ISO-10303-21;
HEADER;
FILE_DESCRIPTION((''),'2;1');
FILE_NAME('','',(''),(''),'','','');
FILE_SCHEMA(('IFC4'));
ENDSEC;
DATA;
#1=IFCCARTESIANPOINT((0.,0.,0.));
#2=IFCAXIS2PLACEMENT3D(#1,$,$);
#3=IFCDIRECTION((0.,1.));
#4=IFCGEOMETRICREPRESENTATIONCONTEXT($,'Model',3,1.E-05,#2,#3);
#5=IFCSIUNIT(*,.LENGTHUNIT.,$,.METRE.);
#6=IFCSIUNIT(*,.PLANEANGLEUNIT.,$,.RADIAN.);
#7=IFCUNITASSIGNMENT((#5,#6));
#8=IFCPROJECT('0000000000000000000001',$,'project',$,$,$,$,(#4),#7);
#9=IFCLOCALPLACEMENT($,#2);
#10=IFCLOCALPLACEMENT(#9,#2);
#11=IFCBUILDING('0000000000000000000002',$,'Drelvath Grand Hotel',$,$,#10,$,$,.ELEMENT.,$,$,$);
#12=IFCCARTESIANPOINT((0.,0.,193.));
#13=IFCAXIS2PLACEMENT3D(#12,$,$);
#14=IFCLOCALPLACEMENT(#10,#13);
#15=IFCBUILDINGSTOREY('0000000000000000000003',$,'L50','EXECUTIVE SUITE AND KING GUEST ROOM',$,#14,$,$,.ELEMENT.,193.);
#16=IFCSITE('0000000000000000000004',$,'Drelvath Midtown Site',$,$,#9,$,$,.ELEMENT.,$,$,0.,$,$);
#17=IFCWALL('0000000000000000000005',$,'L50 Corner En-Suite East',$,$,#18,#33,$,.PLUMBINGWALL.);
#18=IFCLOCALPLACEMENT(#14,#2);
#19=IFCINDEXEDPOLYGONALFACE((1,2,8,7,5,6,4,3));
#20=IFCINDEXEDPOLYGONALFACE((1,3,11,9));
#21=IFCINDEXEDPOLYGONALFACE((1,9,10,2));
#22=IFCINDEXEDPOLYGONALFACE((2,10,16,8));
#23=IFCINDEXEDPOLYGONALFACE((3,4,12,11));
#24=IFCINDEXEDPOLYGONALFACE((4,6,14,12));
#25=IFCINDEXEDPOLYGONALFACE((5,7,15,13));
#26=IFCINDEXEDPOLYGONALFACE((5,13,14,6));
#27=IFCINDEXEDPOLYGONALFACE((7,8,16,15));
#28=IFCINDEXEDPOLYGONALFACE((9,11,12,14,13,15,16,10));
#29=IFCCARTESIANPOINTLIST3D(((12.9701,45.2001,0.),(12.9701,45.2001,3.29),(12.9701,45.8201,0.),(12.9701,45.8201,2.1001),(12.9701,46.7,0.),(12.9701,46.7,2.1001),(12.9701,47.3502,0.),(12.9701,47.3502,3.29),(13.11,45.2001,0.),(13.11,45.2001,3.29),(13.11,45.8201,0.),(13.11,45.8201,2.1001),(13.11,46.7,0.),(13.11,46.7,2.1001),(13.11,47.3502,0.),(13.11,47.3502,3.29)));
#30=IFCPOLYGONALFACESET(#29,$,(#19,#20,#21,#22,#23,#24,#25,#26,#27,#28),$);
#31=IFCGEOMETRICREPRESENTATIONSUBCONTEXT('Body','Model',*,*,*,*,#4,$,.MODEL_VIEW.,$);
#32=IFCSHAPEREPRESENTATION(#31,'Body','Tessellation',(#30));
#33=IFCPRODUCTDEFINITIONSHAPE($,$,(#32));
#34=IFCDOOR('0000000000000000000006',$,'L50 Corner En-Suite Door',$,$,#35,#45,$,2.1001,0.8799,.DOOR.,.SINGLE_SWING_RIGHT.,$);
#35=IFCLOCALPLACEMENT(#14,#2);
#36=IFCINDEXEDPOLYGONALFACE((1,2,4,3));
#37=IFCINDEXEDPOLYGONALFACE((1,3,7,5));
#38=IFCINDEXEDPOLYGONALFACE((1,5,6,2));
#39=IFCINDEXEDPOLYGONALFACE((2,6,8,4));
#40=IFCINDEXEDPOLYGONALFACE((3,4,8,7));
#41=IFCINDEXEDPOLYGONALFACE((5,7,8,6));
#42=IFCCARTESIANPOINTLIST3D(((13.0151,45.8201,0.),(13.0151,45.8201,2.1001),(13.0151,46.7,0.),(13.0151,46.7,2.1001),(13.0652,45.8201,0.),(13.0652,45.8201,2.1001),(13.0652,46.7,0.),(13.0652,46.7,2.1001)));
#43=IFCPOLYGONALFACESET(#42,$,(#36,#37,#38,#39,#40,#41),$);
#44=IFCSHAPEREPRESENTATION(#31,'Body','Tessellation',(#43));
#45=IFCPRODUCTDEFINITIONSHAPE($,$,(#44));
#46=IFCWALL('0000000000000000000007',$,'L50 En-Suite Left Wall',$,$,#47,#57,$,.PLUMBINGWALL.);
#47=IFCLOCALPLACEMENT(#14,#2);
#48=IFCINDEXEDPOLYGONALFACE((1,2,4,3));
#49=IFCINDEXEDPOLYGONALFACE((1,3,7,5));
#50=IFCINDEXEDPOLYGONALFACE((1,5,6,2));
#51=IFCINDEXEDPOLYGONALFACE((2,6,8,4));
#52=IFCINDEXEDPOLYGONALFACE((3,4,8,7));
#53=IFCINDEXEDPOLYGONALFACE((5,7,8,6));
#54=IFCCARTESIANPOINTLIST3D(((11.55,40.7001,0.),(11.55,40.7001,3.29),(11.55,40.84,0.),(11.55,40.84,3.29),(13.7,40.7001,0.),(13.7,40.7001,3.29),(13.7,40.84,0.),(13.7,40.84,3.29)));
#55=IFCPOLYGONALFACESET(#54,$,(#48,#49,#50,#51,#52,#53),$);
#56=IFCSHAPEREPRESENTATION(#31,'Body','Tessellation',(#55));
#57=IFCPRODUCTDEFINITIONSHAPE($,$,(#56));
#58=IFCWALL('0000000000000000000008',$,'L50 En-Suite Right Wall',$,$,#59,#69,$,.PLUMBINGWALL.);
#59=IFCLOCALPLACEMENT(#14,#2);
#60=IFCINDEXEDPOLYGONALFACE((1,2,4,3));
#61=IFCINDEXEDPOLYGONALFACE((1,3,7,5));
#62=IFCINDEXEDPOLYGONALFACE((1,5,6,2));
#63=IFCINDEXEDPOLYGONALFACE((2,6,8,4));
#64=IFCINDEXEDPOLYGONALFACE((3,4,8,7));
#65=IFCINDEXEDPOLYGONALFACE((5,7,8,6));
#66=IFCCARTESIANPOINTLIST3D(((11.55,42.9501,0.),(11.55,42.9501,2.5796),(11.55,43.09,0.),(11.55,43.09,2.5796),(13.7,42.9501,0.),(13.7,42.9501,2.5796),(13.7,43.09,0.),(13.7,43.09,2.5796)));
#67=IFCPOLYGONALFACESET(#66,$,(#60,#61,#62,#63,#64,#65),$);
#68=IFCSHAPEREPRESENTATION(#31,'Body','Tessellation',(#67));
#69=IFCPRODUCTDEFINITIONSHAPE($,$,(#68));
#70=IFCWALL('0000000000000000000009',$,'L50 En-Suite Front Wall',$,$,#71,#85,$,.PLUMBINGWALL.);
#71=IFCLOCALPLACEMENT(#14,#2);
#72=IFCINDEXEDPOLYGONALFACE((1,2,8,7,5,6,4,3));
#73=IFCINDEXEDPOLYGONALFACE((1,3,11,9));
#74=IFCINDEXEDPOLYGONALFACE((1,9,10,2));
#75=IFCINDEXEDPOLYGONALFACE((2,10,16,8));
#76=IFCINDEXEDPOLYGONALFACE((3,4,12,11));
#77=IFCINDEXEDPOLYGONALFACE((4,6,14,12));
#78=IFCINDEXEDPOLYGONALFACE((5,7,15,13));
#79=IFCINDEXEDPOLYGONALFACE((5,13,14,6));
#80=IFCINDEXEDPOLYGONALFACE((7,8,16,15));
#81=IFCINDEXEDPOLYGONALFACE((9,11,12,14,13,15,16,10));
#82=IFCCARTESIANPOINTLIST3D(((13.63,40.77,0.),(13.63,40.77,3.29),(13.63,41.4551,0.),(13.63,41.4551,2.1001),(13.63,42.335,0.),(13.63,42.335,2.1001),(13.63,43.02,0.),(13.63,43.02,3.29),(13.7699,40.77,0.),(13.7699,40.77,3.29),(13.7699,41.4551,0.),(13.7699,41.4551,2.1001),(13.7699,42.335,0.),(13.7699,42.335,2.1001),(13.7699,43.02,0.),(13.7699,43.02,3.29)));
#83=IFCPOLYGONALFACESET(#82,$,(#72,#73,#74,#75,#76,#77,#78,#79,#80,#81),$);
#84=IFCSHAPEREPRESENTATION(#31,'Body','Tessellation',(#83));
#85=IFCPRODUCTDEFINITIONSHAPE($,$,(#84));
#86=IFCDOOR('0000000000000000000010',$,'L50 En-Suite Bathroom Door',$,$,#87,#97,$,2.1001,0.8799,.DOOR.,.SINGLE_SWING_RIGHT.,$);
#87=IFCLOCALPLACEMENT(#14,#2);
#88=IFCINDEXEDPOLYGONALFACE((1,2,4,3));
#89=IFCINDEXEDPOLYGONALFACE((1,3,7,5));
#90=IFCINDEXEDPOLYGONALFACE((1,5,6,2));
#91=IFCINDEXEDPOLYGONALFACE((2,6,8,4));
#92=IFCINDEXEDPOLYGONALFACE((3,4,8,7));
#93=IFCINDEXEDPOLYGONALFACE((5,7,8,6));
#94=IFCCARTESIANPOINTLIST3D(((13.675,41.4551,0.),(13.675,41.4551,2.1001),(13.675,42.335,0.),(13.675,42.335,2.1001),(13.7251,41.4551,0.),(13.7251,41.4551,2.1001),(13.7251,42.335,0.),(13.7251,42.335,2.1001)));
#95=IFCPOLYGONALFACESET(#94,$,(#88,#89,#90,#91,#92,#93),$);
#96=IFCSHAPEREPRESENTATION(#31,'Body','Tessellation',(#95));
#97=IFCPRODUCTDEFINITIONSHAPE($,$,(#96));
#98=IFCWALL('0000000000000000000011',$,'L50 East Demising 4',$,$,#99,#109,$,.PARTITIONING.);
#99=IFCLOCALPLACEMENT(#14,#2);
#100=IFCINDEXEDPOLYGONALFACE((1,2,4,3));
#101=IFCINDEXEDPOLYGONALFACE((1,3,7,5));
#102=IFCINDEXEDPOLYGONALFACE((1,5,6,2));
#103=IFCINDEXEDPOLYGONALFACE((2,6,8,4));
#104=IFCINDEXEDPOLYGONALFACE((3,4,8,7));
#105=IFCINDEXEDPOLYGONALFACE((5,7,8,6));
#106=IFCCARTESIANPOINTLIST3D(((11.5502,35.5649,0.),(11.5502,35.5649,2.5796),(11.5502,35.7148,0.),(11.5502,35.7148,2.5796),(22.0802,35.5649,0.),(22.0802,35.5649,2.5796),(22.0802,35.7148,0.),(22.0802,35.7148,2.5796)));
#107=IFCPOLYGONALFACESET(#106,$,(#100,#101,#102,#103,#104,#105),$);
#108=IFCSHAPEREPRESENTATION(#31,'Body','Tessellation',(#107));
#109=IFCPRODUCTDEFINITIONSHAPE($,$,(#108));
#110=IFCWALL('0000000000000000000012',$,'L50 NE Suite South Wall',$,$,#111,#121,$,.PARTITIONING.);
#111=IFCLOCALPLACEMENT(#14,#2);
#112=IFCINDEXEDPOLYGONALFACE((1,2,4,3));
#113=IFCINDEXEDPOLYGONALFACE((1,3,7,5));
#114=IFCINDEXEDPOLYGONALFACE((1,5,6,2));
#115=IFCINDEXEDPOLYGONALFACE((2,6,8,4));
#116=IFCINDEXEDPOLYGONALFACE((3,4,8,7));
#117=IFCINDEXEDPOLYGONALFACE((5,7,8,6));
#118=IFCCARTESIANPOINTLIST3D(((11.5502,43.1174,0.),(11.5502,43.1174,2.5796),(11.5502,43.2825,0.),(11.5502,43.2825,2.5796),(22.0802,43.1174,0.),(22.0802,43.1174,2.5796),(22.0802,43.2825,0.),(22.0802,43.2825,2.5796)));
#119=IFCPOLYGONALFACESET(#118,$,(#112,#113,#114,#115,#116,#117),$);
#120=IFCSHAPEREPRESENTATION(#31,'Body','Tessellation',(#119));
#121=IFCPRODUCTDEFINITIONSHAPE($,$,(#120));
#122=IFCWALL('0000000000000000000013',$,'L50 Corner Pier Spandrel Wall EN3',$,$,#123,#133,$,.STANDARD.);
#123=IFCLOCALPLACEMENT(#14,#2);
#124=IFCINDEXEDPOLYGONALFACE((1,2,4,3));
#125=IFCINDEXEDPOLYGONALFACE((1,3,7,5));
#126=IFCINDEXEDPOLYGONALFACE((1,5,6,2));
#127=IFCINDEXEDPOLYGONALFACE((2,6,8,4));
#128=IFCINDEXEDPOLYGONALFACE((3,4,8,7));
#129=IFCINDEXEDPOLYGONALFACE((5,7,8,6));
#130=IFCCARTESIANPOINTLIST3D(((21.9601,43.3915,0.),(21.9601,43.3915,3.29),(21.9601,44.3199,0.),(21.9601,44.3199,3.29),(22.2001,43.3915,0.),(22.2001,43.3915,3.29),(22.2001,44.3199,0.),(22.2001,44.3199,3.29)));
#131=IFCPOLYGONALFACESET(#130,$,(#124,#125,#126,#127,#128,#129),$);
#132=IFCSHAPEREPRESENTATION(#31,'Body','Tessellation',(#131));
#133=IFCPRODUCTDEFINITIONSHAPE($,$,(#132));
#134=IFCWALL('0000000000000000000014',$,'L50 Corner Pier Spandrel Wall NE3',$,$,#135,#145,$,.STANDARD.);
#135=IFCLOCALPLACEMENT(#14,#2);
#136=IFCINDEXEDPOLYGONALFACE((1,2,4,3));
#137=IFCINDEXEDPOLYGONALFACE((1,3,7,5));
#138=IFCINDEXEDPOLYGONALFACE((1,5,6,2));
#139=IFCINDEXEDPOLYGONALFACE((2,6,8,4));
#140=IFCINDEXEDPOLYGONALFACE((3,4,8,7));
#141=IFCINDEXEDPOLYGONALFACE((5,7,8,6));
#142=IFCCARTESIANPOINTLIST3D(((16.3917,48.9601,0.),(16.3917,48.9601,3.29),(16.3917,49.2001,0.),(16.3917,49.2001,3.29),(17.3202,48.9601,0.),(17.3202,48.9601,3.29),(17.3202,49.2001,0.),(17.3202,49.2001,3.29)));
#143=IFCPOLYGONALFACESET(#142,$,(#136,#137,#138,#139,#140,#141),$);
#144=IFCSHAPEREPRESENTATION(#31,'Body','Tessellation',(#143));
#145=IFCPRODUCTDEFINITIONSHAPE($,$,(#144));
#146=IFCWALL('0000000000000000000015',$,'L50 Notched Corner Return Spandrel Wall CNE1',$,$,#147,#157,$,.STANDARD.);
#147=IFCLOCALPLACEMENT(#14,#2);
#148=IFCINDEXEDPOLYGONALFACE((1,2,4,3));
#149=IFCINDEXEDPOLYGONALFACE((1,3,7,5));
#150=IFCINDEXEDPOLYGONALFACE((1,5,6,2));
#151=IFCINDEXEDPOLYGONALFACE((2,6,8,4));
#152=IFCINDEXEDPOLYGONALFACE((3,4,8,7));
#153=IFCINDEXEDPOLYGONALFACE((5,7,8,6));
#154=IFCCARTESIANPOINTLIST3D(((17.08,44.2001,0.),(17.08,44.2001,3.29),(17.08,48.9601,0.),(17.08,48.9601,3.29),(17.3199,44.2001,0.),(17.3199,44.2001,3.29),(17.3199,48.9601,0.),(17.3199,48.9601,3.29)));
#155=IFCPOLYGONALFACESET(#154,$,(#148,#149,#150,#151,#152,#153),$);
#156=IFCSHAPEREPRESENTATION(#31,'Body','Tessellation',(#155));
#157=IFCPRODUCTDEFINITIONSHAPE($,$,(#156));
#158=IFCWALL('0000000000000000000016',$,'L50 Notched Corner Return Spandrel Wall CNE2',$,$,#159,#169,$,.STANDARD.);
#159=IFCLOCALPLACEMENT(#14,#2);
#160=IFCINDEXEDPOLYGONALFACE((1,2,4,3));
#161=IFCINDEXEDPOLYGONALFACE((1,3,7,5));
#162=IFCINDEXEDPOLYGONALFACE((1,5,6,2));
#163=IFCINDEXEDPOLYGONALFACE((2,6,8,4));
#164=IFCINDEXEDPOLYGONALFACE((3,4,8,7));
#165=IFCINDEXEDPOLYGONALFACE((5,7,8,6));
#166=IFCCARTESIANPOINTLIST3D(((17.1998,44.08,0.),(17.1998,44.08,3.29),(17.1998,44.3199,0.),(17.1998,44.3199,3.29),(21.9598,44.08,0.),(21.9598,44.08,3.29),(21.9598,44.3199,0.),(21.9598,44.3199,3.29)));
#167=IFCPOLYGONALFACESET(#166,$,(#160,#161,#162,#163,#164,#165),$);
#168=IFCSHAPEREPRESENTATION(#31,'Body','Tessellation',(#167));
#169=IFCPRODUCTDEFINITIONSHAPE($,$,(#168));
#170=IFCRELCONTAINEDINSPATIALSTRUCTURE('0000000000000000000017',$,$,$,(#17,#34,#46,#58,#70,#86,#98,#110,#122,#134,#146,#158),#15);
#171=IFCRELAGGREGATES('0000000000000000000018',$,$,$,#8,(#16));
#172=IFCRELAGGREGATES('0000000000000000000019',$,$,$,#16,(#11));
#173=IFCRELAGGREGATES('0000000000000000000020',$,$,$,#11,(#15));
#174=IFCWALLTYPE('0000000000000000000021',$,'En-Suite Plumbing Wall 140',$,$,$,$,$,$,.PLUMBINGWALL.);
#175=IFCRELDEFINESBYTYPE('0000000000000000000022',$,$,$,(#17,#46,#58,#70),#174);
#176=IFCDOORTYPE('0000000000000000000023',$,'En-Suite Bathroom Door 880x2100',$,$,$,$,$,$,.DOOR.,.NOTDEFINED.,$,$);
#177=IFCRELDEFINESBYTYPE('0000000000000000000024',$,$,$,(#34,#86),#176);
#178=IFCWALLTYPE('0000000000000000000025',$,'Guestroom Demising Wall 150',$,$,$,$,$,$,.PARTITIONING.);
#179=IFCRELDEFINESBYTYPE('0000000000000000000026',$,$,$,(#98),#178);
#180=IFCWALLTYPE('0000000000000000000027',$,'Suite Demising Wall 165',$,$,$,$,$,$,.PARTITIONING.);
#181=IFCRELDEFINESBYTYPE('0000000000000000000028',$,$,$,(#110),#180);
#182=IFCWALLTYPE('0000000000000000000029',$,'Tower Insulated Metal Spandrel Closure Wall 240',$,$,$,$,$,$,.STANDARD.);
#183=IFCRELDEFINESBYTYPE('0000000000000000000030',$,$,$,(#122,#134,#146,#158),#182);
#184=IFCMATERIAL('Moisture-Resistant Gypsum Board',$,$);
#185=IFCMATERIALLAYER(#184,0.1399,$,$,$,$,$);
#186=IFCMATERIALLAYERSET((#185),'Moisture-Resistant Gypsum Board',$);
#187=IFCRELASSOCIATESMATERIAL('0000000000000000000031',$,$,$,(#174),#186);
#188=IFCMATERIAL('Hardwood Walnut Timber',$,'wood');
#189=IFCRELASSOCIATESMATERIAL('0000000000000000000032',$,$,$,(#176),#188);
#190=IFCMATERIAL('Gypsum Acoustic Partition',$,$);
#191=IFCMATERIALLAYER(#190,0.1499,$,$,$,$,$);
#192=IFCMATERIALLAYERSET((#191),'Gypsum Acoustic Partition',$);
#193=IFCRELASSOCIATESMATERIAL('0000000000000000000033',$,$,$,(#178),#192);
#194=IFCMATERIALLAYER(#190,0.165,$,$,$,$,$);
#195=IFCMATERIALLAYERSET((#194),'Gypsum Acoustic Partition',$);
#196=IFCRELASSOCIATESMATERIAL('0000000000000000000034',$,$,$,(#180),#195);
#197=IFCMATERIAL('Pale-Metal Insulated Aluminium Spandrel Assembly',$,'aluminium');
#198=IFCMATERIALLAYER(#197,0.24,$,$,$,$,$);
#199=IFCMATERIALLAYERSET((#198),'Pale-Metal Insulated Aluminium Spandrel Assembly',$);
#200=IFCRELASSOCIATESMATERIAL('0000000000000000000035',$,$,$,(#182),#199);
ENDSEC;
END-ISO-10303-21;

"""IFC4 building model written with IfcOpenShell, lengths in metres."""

from ifc_helpers import new_model, si_unit, direction, frame, frame_2d, origin, place, context, subcontext, project, spatial, rectangle, extrude, material, layer, layer_set, type_object, element, fill, save


model = new_model("IFC4")

# Units and contexts
model_context = context("Model", 3, precision=1e-05, world=origin(), true_north=direction((0.0, 1.0)))
body_context = subcontext(model_context, "Body", "Model", "MODEL_VIEW")
ifc_project = project(units=[si_unit("LENGTHUNIT", "METRE"), si_unit("PLANEANGLEUNIT", "RADIAN")], contexts=[model_context])

# Site, building, storey
site_placement = place(None, origin())
site = spatial("IfcSite", under=ifc_project, at=site_placement, Name="Drelvath Midtown Site", CompositionType="ELEMENT", RefElevation=0.0)
building_placement = place(site_placement, origin())
building = spatial("IfcBuilding", under=site, at=building_placement, Name="Drelvath Grand Hotel", CompositionType="ELEMENT")
storey_placement = place(building_placement, frame((0.0, 0.0, 193.0)))
storey = spatial("IfcBuildingStorey", under=building, at=storey_placement, Name="L50", Description="EXECUTIVE SUITE AND KING GUEST ROOM", CompositionType="ELEMENT", Elevation=193.0)

# Wall, opening, door
ifc_material_1 = material(Name="Moisture-Resistant Gypsum Board")
ifc_layer_1 = layer(ifc_material_1, 0.1399)
ifc_layer_set_1 = layer_set([ifc_layer_1], Name="Moisture-Resistant Gypsum Board")
wall_type_1 = type_object("IfcWallType", Name="En-Suite Plumbing Wall 140", PredefinedType="PLUMBINGWALL", material=ifc_layer_set_1)
wall_1_placement = place(storey_placement, frame((13.04, 45.2, 0.0), z_axis=(0.0, 0.0, 1.0), x_axis=(0.0, 1.0, 0.0)))
wall_1 = element("IfcWall", 1, at=wall_1_placement, inside=storey, type_object=wall_type_1, Name="L50 Corner En-Suite East", PredefinedType="PLUMBINGWALL", context=body_context, shape_type="SweptSolid", body=[
    extrude(rectangle(XDim=2.1501, YDim=0.1399, at=frame_2d((1.0752, 0.0))), origin(), (0.0, 0.0, 1.0), 3.29),
])
opening_1_placement = place(wall_1_placement, frame((0.6201, 0.0, 0.0)))
opening_1 = element("IfcOpeningElement", 2, at=opening_1_placement, cuts=wall_1, PredefinedType="OPENING", context=body_context, shape_type="SweptSolid", body=[
    extrude(rectangle(XDim=0.8799, YDim=2.1001, at=frame_2d((0.4399, 1.05))), frame((0.0, 0.0798, 0.0), z_axis=(0.0, -1.0, 0.0), x_axis=(1.0, 0.0, 0.0)), (0.0, 0.0, 1.0), 0.1599),
])
ifc_material_2 = material(Name="Hardwood Walnut Timber", Category="wood")
door_type = type_object("IfcDoorType", Name="En-Suite Bathroom Door 880x2100", OperationType="NOTDEFINED", PredefinedType="DOOR", material=ifc_material_2)
door_1_placement = place(opening_1_placement, origin())
door_1 = element("IfcDoor", 3, at=door_1_placement, inside=storey, type_object=door_type, Name="L50 Corner En-Suite Door", OperationType="SINGLE_SWING_RIGHT", OverallHeight=2.1001, OverallWidth=0.8799, PredefinedType="DOOR", context=body_context, shape_type="SweptSolid", body=[
    extrude(rectangle(XDim=0.8799, YDim=2.1001, at=frame_2d((0.4399, 1.05))), frame((0.0, 0.0249, 0.0), z_axis=(0.0, -1.0, 0.0), x_axis=(1.0, 0.0, 0.0)), (0.0, 0.0, 1.0), 0.05),
])
fill(opening_1, door_1)

# Walls
wall_2_placement = place(storey_placement, frame((11.55, 40.77, 0.0), z_axis=(0.0, 0.0, 1.0), x_axis=(1.0, 0.0, 0.0)))
element("IfcWall", 4, at=wall_2_placement, inside=storey, type_object=wall_type_1, Name="L50 En-Suite Left Wall", PredefinedType="PLUMBINGWALL", context=body_context, shape_type="SweptSolid", body=[
    extrude(rectangle(XDim=2.1499, YDim=0.1399, at=frame_2d((1.075, 0.0))), origin(), (0.0, 0.0, 1.0), 3.29),
])
wall_3_placement = place(storey_placement, frame((11.55, 43.02, 0.0), z_axis=(0.0, 0.0, 1.0), x_axis=(1.0, 0.0, 0.0)))
element("IfcWall", 5, at=wall_3_placement, inside=storey, type_object=wall_type_1, Name="L50 En-Suite Right Wall", PredefinedType="PLUMBINGWALL", context=body_context, shape_type="SweptSolid", body=[
    extrude(rectangle(XDim=2.1499, YDim=0.1399, at=frame_2d((1.075, 0.0))), origin(), (0.0, 0.0, 1.0), 2.5796),
])

# Wall, opening, door
wall_4_placement = place(storey_placement, frame((13.7, 40.77, 0.0), z_axis=(0.0, 0.0, 1.0), x_axis=(0.0, 1.0, 0.0)))
wall_4 = element("IfcWall", 6, at=wall_4_placement, inside=storey, type_object=wall_type_1, Name="L50 En-Suite Front Wall", PredefinedType="PLUMBINGWALL", context=body_context, shape_type="SweptSolid", body=[
    extrude(rectangle(XDim=2.25, YDim=0.1399, at=frame_2d((1.125, 0.0))), origin(), (0.0, 0.0, 1.0), 3.29),
])
opening_2_placement = place(wall_4_placement, frame((0.6851, 0.0, 0.0)))
opening_2 = element("IfcOpeningElement", 7, at=opening_2_placement, cuts=wall_4, PredefinedType="OPENING", context=body_context, shape_type="SweptSolid", body=[
    extrude(rectangle(XDim=0.8799, YDim=2.1001, at=frame_2d((0.4399, 1.05))), frame((0.0, 0.0798, 0.0), z_axis=(0.0, -1.0, 0.0), x_axis=(1.0, 0.0, 0.0)), (0.0, 0.0, 1.0), 0.1599),
])
door_2_placement = place(opening_2_placement, origin())
door_2 = element("IfcDoor", 8, at=door_2_placement, inside=storey, type_object=door_type, Name="L50 En-Suite Bathroom Door", OperationType="SINGLE_SWING_RIGHT", OverallHeight=2.1001, OverallWidth=0.8799, PredefinedType="DOOR", context=body_context, shape_type="SweptSolid", body=[
    extrude(rectangle(XDim=0.8799, YDim=2.1001, at=frame_2d((0.4399, 1.05))), frame((0.0, 0.0249, 0.0), z_axis=(0.0, -1.0, 0.0), x_axis=(1.0, 0.0, 0.0)), (0.0, 0.0, 1.0), 0.05),
])
fill(opening_2, door_2)

# Walls
ifc_material_3 = material(Name="Gypsum Acoustic Partition")
ifc_layer_2 = layer(ifc_material_3, 0.1499)
ifc_layer_set_2 = layer_set([ifc_layer_2], Name="Gypsum Acoustic Partition")
wall_type_2 = type_object("IfcWallType", Name="Guestroom Demising Wall 150", PredefinedType="PARTITIONING", material=ifc_layer_set_2)
wall_5_placement = place(storey_placement, frame((11.55, 35.6399, 0.0), z_axis=(0.0, 0.0, 1.0), x_axis=(1.0, 0.0, 0.0)))
element("IfcWall", 9, at=wall_5_placement, inside=storey, type_object=wall_type_2, Name="L50 East Demising 4", PredefinedType="PARTITIONING", context=body_context, shape_type="SweptSolid", body=[
    extrude(rectangle(XDim=10.53, YDim=0.1499, at=frame_2d((5.2651, 0.0))), origin(), (0.0, 0.0, 1.0), 2.5796),
])
ifc_layer_3 = layer(ifc_material_3, 0.165)
ifc_layer_set_3 = layer_set([ifc_layer_3], Name="Gypsum Acoustic Partition")
wall_type_3 = type_object("IfcWallType", Name="Suite Demising Wall 165", PredefinedType="PARTITIONING", material=ifc_layer_set_3)
wall_6_placement = place(storey_placement, frame((11.55, 43.2, 0.0), z_axis=(0.0, 0.0, 1.0), x_axis=(1.0, 0.0, 0.0)))
element("IfcWall", 10, at=wall_6_placement, inside=storey, type_object=wall_type_3, Name="L50 NE Suite South Wall", PredefinedType="PARTITIONING", context=body_context, shape_type="SweptSolid", body=[
    extrude(rectangle(XDim=10.53, YDim=0.165, at=frame_2d((5.2651, 0.0))), origin(), (0.0, 0.0, 1.0), 2.5796),
])
ifc_material_4 = material(Name="Pale-Metal Insulated Aluminium Spandrel Assembly", Category="aluminium")
ifc_layer_4 = layer(ifc_material_4, 0.24)
ifc_layer_set_4 = layer_set([ifc_layer_4], Name="Pale-Metal Insulated Aluminium Spandrel Assembly")
wall_type_4 = type_object("IfcWallType", Name="Tower Insulated Metal Spandrel Closure Wall 240", PredefinedType="STANDARD", material=ifc_layer_set_4)
for number, where, z_axis, x_axis, name in (
    (11, (22.0801, 44.3201, 0.0), (0.0, 0.0, 1.0), (0.0, -1.0, 0.0), "L50 Corner Pier Spandrel Wall EN3"),
    (12, (16.3916, 49.0801, 0.0), (0.0, 0.0, 1.0), (1.0, 0.0, 0.0), "L50 Corner Pier Spandrel Wall NE3"),
):
    element("IfcWall", number, at=place(storey_placement, frame(where, z_axis=z_axis, x_axis=x_axis)), inside=storey, type_object=wall_type_4, Name=name, PredefinedType="STANDARD", context=body_context, shape_type="SweptSolid", body=[
        extrude(rectangle(XDim=0.9285, YDim=0.24, at=frame_2d((0.4644, 0.0))), origin(), (0.0, 0.0, 1.0), 3.29),
    ])
for number, where, z_axis, x_axis, name in (
    (13, (17.2, 48.96, 0.0), (0.0, 0.0, 1.0), (0.0, -1.0, 0.0), "L50 Notched Corner Return Spandrel Wall CNE1"),
    (14, (17.2, 44.2, 0.0), (0.0, 0.0, 1.0), (1.0, 0.0, 0.0), "L50 Notched Corner Return Spandrel Wall CNE2"),
):
    element("IfcWall", number, at=place(storey_placement, frame(where, z_axis=z_axis, x_axis=x_axis)), inside=storey, type_object=wall_type_4, Name=name, PredefinedType="STANDARD", context=body_context, shape_type="SweptSolid", body=[
        extrude(rectangle(XDim=4.76, YDim=0.24, at=frame_2d((2.3799, 0.0))), origin(), (0.0, 0.0, 1.0), 3.29),
    ])

save(model, "model.ifc")
